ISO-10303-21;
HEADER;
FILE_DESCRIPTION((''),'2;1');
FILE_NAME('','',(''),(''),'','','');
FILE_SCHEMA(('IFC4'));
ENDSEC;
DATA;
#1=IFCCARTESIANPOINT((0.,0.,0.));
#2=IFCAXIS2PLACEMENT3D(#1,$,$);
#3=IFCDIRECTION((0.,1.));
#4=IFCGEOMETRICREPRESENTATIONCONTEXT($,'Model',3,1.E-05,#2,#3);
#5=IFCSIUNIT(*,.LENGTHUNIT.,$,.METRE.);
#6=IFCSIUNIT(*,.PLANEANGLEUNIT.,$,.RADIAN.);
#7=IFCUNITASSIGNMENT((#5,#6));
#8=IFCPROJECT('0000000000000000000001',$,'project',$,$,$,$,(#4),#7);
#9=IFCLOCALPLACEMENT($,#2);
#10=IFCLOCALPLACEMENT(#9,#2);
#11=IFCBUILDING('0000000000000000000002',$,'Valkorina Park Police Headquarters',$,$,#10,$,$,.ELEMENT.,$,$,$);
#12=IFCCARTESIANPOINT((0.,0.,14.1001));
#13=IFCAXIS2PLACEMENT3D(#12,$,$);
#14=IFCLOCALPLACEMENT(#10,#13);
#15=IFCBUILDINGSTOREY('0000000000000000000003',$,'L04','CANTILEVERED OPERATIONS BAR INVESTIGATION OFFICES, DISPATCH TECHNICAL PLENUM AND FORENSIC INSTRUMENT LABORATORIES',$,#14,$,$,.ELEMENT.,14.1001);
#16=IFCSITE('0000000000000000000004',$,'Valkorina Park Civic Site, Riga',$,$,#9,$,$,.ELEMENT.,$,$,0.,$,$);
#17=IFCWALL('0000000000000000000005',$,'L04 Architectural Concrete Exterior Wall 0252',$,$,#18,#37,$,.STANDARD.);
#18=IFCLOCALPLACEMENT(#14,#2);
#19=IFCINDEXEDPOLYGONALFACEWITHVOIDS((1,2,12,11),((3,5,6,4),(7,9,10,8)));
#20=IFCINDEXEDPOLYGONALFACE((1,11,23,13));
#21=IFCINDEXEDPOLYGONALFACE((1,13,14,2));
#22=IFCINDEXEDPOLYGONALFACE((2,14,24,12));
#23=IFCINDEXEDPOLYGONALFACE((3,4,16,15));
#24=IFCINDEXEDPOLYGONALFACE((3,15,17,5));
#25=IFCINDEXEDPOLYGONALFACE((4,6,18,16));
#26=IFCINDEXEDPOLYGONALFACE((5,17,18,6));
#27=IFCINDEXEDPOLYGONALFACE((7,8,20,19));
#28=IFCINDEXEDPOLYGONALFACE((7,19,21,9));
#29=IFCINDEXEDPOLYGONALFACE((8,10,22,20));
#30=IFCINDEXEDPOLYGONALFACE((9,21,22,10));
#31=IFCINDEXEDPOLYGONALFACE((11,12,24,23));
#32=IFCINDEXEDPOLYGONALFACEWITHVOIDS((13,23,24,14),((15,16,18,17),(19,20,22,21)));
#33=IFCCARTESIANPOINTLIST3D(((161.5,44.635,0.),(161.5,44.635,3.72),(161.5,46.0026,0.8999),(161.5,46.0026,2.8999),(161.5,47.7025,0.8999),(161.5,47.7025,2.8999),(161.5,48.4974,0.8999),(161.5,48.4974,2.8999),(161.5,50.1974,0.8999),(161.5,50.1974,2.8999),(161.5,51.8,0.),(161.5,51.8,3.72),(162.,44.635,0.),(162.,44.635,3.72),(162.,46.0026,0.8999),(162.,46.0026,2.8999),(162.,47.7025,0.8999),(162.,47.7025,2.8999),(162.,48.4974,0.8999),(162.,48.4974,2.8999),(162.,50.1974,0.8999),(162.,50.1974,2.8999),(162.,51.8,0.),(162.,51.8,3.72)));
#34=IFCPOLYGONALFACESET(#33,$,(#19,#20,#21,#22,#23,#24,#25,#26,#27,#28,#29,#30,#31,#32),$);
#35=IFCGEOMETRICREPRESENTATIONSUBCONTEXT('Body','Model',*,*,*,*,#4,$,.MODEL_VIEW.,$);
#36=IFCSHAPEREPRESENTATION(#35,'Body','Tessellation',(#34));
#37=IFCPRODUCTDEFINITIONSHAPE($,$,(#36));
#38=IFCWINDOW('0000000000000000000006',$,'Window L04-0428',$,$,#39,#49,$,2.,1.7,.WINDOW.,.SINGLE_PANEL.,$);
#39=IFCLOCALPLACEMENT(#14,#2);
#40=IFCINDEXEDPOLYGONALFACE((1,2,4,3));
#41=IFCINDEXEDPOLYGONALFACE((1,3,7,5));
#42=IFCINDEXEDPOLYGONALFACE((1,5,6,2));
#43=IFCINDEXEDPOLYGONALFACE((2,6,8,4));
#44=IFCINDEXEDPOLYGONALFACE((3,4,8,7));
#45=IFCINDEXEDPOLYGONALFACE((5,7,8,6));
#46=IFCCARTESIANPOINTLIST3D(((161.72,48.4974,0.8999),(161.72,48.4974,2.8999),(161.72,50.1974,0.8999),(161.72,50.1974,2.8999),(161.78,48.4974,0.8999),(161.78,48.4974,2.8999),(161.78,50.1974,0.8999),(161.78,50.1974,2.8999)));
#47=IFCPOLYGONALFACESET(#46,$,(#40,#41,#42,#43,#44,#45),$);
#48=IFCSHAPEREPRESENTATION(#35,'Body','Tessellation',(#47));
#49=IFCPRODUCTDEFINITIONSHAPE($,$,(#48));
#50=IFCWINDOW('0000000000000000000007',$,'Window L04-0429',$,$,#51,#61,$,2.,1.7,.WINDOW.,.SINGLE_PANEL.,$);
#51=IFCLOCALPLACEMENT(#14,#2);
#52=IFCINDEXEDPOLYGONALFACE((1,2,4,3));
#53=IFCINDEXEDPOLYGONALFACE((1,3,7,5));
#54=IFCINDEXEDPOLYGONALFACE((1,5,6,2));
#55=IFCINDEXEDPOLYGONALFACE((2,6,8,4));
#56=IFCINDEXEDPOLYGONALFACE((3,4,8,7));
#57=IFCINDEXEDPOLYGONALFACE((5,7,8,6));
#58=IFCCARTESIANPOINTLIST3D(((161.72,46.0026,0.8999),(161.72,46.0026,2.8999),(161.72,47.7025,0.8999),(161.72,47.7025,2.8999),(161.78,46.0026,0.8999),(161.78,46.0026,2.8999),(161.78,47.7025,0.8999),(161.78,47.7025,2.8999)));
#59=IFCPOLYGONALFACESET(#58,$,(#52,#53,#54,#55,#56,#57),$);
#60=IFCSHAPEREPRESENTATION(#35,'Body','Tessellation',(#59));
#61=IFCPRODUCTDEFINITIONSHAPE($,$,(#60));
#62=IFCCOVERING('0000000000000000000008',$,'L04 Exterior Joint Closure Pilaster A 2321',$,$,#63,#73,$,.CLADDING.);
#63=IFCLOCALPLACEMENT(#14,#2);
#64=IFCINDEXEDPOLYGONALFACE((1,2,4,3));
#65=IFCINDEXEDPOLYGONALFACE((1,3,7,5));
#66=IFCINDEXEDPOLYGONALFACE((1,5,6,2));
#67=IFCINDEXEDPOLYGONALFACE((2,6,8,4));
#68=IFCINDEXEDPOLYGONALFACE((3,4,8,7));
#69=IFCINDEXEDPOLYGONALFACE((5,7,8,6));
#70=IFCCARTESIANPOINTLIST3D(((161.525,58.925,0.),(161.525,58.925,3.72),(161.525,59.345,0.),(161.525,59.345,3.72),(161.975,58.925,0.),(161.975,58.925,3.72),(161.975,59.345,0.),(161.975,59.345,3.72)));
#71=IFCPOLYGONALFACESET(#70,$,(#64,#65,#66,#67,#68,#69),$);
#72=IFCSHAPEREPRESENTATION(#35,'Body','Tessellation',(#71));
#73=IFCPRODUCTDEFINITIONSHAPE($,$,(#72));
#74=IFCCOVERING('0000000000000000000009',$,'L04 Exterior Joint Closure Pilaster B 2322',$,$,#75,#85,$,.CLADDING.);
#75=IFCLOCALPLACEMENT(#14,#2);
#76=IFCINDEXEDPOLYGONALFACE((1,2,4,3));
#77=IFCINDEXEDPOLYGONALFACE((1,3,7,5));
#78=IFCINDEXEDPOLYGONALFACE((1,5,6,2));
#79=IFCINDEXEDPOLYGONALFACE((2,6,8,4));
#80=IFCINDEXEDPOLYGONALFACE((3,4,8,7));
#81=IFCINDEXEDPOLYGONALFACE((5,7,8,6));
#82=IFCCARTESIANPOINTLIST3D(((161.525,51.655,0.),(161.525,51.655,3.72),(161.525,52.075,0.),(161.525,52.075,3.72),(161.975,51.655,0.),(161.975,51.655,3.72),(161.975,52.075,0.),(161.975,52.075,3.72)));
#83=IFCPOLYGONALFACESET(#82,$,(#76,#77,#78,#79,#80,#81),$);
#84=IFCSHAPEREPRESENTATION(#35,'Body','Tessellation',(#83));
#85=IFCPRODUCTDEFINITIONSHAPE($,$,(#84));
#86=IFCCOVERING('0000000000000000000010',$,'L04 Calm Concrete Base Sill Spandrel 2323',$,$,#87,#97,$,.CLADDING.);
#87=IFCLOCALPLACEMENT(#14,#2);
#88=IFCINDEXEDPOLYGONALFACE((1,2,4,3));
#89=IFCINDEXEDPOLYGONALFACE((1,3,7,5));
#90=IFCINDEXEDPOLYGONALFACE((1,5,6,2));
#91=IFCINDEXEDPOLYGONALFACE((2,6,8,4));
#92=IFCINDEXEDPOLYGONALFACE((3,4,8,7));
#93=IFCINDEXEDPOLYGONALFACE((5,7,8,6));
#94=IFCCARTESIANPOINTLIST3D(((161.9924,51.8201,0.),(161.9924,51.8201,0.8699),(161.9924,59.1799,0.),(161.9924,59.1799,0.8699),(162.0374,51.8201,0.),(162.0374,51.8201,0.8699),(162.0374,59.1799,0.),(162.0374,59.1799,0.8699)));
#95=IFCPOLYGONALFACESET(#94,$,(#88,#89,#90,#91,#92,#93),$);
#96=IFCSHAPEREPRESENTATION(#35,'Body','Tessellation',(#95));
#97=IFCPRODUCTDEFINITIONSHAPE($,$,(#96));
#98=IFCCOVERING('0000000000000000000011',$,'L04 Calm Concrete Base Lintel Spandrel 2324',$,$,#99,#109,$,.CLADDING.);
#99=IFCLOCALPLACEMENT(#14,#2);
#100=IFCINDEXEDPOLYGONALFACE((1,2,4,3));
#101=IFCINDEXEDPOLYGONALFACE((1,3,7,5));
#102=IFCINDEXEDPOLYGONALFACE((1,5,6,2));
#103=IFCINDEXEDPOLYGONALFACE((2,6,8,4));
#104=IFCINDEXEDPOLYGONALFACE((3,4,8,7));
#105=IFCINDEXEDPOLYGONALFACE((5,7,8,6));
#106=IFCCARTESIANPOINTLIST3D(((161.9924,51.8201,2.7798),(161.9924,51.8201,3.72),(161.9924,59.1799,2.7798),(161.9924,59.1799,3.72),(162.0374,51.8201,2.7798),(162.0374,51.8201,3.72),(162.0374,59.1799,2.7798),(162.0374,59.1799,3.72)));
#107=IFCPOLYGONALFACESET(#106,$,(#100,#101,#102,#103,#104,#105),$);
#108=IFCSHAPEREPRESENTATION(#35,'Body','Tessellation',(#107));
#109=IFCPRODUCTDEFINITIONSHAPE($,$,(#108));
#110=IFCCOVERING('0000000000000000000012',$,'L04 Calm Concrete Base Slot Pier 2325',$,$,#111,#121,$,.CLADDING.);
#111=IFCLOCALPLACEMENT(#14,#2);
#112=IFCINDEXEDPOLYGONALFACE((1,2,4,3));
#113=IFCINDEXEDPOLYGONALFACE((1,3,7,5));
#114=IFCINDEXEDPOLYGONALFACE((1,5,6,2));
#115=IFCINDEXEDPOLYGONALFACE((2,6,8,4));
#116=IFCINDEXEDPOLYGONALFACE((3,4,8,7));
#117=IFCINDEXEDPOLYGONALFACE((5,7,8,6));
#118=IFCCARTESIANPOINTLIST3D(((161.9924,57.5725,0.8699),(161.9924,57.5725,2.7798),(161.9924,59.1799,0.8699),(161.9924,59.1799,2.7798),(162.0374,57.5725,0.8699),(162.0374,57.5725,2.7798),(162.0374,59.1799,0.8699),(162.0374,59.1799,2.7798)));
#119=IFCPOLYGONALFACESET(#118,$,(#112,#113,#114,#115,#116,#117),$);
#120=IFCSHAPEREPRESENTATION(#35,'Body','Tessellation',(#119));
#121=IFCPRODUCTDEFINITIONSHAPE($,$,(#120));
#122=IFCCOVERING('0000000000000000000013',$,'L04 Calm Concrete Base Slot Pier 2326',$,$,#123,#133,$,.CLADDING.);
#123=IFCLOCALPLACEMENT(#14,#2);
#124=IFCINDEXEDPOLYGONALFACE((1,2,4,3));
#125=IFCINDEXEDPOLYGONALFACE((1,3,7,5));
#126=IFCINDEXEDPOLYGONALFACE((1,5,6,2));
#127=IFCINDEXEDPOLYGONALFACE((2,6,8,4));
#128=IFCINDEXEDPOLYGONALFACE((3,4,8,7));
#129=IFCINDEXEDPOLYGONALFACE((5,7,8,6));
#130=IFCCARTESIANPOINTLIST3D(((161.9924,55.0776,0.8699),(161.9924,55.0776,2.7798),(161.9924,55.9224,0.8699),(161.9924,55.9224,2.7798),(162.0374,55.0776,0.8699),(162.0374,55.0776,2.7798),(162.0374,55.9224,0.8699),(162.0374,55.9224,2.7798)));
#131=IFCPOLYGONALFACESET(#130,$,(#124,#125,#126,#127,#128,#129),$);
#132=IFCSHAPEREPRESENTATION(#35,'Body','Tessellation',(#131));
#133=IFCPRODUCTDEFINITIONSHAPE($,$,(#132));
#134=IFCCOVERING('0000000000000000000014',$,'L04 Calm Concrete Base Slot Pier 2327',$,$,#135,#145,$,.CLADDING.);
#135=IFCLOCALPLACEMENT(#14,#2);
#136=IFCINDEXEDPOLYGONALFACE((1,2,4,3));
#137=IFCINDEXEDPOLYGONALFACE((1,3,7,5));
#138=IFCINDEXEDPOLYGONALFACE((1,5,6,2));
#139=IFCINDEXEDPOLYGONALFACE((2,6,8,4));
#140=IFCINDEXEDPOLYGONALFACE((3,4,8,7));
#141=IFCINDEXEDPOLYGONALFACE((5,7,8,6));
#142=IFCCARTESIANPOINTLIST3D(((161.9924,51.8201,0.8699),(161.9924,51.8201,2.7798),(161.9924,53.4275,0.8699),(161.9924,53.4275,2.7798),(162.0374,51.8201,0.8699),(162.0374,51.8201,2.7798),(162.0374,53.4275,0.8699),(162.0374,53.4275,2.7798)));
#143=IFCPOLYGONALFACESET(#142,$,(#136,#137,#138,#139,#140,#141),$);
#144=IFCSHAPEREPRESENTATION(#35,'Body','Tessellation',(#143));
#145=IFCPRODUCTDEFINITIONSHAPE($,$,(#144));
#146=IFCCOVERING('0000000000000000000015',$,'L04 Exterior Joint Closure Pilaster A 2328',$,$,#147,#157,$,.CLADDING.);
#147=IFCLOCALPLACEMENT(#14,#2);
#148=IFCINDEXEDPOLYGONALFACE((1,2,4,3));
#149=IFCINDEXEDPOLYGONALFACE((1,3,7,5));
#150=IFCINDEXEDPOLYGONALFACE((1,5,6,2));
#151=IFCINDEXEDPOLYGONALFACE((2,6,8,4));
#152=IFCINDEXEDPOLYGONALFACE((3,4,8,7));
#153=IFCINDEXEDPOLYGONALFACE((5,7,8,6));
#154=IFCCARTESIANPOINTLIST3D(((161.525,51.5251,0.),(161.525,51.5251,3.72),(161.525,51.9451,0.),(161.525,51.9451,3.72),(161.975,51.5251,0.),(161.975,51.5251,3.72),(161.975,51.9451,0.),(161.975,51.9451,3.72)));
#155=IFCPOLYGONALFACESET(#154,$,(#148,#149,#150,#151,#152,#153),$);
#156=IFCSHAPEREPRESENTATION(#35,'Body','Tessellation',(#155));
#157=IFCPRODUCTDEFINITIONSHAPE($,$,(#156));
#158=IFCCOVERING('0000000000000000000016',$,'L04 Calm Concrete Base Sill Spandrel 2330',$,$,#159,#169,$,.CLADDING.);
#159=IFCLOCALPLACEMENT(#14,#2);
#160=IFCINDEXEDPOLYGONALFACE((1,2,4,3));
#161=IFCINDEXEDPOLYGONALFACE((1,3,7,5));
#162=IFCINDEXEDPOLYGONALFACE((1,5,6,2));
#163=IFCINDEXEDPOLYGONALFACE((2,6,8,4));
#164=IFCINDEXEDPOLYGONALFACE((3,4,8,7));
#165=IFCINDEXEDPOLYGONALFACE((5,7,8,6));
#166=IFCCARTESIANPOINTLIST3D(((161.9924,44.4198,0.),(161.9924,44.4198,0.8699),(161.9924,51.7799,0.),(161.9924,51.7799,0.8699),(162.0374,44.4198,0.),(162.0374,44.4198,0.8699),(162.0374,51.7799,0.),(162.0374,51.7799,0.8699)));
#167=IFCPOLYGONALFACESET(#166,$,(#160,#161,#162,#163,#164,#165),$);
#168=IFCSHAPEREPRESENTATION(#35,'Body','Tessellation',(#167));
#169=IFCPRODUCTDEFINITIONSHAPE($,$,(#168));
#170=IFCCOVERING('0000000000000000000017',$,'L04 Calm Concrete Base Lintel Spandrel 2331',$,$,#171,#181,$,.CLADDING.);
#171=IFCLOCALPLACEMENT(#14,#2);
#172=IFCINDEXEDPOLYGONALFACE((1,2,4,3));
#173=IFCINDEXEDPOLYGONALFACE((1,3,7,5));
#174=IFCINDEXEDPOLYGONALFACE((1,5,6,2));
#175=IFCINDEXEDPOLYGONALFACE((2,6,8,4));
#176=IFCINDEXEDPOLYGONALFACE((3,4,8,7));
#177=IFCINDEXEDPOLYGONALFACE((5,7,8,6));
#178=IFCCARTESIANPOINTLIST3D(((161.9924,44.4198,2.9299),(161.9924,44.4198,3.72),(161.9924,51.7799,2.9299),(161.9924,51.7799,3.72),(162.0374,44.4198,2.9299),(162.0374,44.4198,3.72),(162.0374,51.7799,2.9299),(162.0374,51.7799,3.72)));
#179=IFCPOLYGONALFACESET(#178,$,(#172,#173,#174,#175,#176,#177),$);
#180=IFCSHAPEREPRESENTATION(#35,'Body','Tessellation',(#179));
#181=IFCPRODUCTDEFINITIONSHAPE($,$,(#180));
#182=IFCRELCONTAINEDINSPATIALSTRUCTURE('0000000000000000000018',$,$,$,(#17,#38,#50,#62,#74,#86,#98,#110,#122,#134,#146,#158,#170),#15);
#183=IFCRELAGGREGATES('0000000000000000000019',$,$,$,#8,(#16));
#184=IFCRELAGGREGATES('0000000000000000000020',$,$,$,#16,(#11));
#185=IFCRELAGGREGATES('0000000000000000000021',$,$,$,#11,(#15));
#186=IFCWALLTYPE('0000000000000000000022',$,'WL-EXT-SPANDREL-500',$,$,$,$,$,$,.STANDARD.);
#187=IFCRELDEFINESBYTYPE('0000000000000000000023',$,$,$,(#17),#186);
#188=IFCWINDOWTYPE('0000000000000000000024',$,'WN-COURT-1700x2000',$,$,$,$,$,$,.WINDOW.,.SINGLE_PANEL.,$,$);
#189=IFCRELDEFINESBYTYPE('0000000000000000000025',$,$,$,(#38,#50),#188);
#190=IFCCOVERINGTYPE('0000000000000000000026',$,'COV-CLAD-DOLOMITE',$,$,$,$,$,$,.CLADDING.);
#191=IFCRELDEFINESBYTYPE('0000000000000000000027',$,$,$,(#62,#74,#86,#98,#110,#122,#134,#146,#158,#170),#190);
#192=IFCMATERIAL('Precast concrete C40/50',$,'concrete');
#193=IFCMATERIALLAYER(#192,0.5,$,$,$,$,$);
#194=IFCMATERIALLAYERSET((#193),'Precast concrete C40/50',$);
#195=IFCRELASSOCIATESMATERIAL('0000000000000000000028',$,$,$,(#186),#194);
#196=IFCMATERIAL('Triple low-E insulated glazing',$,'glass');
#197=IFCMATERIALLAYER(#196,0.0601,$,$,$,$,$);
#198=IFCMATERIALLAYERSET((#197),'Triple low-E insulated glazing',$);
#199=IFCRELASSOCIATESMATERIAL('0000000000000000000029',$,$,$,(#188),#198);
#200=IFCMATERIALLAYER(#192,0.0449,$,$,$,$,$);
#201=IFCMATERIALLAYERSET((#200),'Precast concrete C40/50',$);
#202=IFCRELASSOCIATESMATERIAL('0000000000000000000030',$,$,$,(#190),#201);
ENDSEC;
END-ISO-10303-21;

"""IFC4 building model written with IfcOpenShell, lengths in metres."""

from ifc_helpers import new_model, si_unit, direction, frame, frame_2d, origin, origin_2d, place, context, subcontext, project, spatial, rectangle, extrude, material, layer, layer_set, type_object, element, fill, save


model = new_model("IFC4")

# Units and contexts
model_context = context("Model", 3, precision=1e-05, world=origin(), true_north=direction((0.0, 1.0)))
body_context = subcontext(model_context, "Body", "Model", "MODEL_VIEW")
ifc_project = project(units=[si_unit("LENGTHUNIT", "METRE"), si_unit("PLANEANGLEUNIT", "RADIAN")], contexts=[model_context])

# Site, building, storey
site_placement = place(None, origin())
site = spatial("IfcSite", under=ifc_project, at=site_placement, Name="Valkorina Park Civic Site, Riga", CompositionType="ELEMENT", RefElevation=0.0)
building_placement = place(site_placement, origin())
building = spatial("IfcBuilding", under=site, at=building_placement, Name="Valkorina Park Police Headquarters", CompositionType="ELEMENT")
storey_placement = place(building_placement, frame((0.0, 0.0, 14.1001)))
storey = spatial("IfcBuildingStorey", under=building, at=storey_placement, Name="L04", Description="CANTILEVERED OPERATIONS BAR INVESTIGATION OFFICES, DISPATCH TECHNICAL PLENUM AND FORENSIC INSTRUMENT LABORATORIES", CompositionType="ELEMENT", Elevation=14.1001)

# Wall, openings, windows
ifc_material_1 = material(Name="Precast concrete C40/50", Category="concrete")
ifc_layer_1 = layer(ifc_material_1, 0.5)
ifc_layer_set_1 = layer_set([ifc_layer_1], Name="Precast concrete C40/50")
wall_type = type_object("IfcWallType", Name="WL-EXT-SPANDREL-500", PredefinedType="STANDARD", material=ifc_layer_set_1)
wall_placement = place(storey_placement, frame((161.75, 51.8, 0.0), z_axis=(0.0, 0.0, 1.0), x_axis=(0.0, -1.0, 0.0)))
wall = element("IfcWall", 1, at=wall_placement, inside=storey, type_object=wall_type, Name="L04 Architectural Concrete Exterior Wall 0252", PredefinedType="STANDARD", context=body_context, shape_type="SweptSolid", body=[
    extrude(rectangle(XDim=7.165, YDim=0.5, at=frame_2d((3.5825, 0.0))), origin(), (0.0, 0.0, 1.0), 3.72),
])
opening_1_placement = place(wall_placement, frame((1.6025, 0.0, 0.8999)))
opening_1 = element("IfcOpeningElement", 2, at=opening_1_placement, cuts=wall, PredefinedType="OPENING", context=body_context, shape_type="SweptSolid", body=[
    extrude(rectangle(XDim=1.7, YDim=2.0, at=frame_2d((0.8501, 1.0))), frame((0.0, 0.26, 0.0), z_axis=(0.0, -1.0, 0.0), x_axis=(1.0, 0.0, 0.0)), (0.0, 0.0, 1.0), 0.52),
])
opening_2_placement = place(wall_placement, frame((4.0974, 0.0, 0.8999)))
opening_2 = element("IfcOpeningElement", 3, at=opening_2_placement, cuts=wall, PredefinedType="OPENING", context=body_context, shape_type="SweptSolid", body=[
    extrude(rectangle(XDim=1.7, YDim=2.0, at=frame_2d((0.8501, 1.0))), frame((0.0, 0.26, 0.0), z_axis=(0.0, -1.0, 0.0), x_axis=(1.0, 0.0, 0.0)), (0.0, 0.0, 1.0), 0.52),
])
ifc_material_2 = material(Name="Triple low-E insulated glazing", Category="glass")
ifc_layer_2 = layer(ifc_material_2, 0.0601)
ifc_layer_set_2 = layer_set([ifc_layer_2], Name="Triple low-E insulated glazing")
window_type = type_object("IfcWindowType", Name="WN-COURT-1700x2000", PartitioningType="SINGLE_PANEL", PredefinedType="WINDOW", material=ifc_layer_set_2)
window_1_placement = place(opening_1_placement, origin())
window_1 = element("IfcWindow", 4, at=window_1_placement, inside=storey, type_object=window_type, Name="Window L04-0428", OverallHeight=2.0, OverallWidth=1.7, PartitioningType="SINGLE_PANEL", PredefinedType="WINDOW", context=body_context, shape_type="SweptSolid", body=[
    extrude(rectangle(XDim=1.7, YDim=2.0, at=frame_2d((0.8501, 1.0))), frame((0.0, 0.03, 0.0), z_axis=(0.0, -1.0, 0.0), x_axis=(1.0, 0.0, 0.0)), (0.0, 0.0, 1.0), 0.0601),
])
fill(opening_1, window_1)
window_2_placement = place(opening_2_placement, origin())
window_2 = element("IfcWindow", 5, at=window_2_placement, inside=storey, type_object=window_type, Name="Window L04-0429", OverallHeight=2.0, OverallWidth=1.7, PartitioningType="SINGLE_PANEL", PredefinedType="WINDOW", context=body_context, shape_type="SweptSolid", body=[
    extrude(rectangle(XDim=1.7, YDim=2.0, at=frame_2d((0.8501, 1.0))), frame((0.0, 0.03, 0.0), z_axis=(0.0, -1.0, 0.0), x_axis=(1.0, 0.0, 0.0)), (0.0, 0.0, 1.0), 0.0601),
])
fill(opening_2, window_2)

# Coverings
ifc_layer_3 = layer(ifc_material_1, 0.0449)
ifc_layer_set_3 = layer_set([ifc_layer_3], Name="Precast concrete C40/50")
covering_type = type_object("IfcCoveringType", Name="COV-CLAD-DOLOMITE", PredefinedType="CLADDING", material=ifc_layer_set_3)
for number, where, z_axis, x_axis, name in (
    (6, (161.75, 59.135, 0.0), (0.0, 0.0, 1.0), (0.0, 1.0, 0.0), "L04 Exterior Joint Closure Pilaster A 2321"),
    (7, (161.75, 51.865, 0.0), (0.0, 0.0, 1.0), (0.0, 1.0, 0.0), "L04 Exterior Joint Closure Pilaster B 2322"),
):
    element("IfcCovering", number, at=place(storey_placement, frame(where, z_axis=z_axis, x_axis=x_axis)), inside=storey, type_object=covering_type, Name=name, PredefinedType="CLADDING", context=body_context, shape_type="SweptSolid", body=[
        extrude(rectangle(XDim=0.4199, YDim=0.45, at=origin_2d()), origin(), (0.0, 0.0, 1.0), 3.72),
    ])
covering_1_placement = place(storey_placement, frame((162.0149, 59.1799, 0.0), z_axis=(0.0, 0.0, 1.0), x_axis=(0.0, -1.0, 0.0)))
element("IfcCovering", 8, at=covering_1_placement, inside=storey, type_object=covering_type, Name="L04 Calm Concrete Base Sill Spandrel 2323", PredefinedType="CLADDING", context=body_context, shape_type="SweptSolid", body=[
    extrude(rectangle(XDim=7.3599, YDim=0.0449, at=frame_2d((3.6799, 0.0))), origin(), (0.0, 0.0, 1.0), 0.8699),
])
covering_2_placement = place(storey_placement, frame((162.0149, 59.1799, 2.7798), z_axis=(0.0, 0.0, 1.0), x_axis=(0.0, -1.0, 0.0)))
element("IfcCovering", 9, at=covering_2_placement, inside=storey, type_object=covering_type, Name="L04 Calm Concrete Base Lintel Spandrel 2324", PredefinedType="CLADDING", context=body_context, shape_type="SweptSolid", body=[
    extrude(rectangle(XDim=7.3599, YDim=0.0449, at=frame_2d((3.6799, 0.0))), origin(), (0.0, 0.0, 1.0), 0.9402),
])
covering_3_placement = place(storey_placement, frame((162.0149, 59.1799, 0.8699), z_axis=(0.0, 0.0, 1.0), x_axis=(0.0, -1.0, 0.0)))
element("IfcCovering", 10, at=covering_3_placement, inside=storey, type_object=covering_type, Name="L04 Calm Concrete Base Slot Pier 2325", PredefinedType="CLADDING", context=body_context, shape_type="SweptSolid", body=[
    extrude(rectangle(XDim=1.6074, YDim=0.0449, at=frame_2d((0.8037, 0.0))), origin(), (0.0, 0.0, 1.0), 1.9099),
])
covering_4_placement = place(storey_placement, frame((162.0149, 55.9224, 0.8699), z_axis=(0.0, 0.0, 1.0), x_axis=(0.0, -1.0, 0.0)))
element("IfcCovering", 11, at=covering_4_placement, inside=storey, type_object=covering_type, Name="L04 Calm Concrete Base Slot Pier 2326", PredefinedType="CLADDING", context=body_context, shape_type="SweptSolid", body=[
    extrude(rectangle(XDim=0.8447, YDim=0.0449, at=frame_2d((0.4224, 0.0))), origin(), (0.0, 0.0, 1.0), 1.9099),
])
covering_5_placement = place(storey_placement, frame((162.0149, 53.4275, 0.8699), z_axis=(0.0, 0.0, 1.0), x_axis=(0.0, -1.0, 0.0)))
element("IfcCovering", 12, at=covering_5_placement, inside=storey, type_object=covering_type, Name="L04 Calm Concrete Base Slot Pier 2327", PredefinedType="CLADDING", context=body_context, shape_type="SweptSolid", body=[
    extrude(rectangle(XDim=1.6074, YDim=0.0449, at=frame_2d((0.8037, 0.0))), origin(), (0.0, 0.0, 1.0), 1.9099),
])
covering_6_placement = place(storey_placement, frame((161.75, 51.7351, 0.0), z_axis=(0.0, 0.0, 1.0), x_axis=(0.0, 1.0, 0.0)))
element("IfcCovering", 13, at=covering_6_placement, inside=storey, type_object=covering_type, Name="L04 Exterior Joint Closure Pilaster A 2328", PredefinedType="CLADDING", context=body_context, shape_type="SweptSolid", body=[
    extrude(rectangle(XDim=0.4199, YDim=0.45, at=origin_2d()), origin(), (0.0, 0.0, 1.0), 3.72),
])
covering_7_placement = place(storey_placement, frame((162.0149, 51.78, 0.0), z_axis=(0.0, 0.0, 1.0), x_axis=(0.0, -1.0, 0.0)))
element("IfcCovering", 14, at=covering_7_placement, inside=storey, type_object=covering_type, Name="L04 Calm Concrete Base Sill Spandrel 2330", PredefinedType="CLADDING", context=body_context, shape_type="SweptSolid", body=[
    extrude(rectangle(XDim=7.3601, YDim=0.0449, at=frame_2d((3.6802, 0.0))), origin(), (0.0, 0.0, 1.0), 0.8699),
])
covering_8_placement = place(storey_placement, frame((162.0149, 51.78, 2.9299), z_axis=(0.0, 0.0, 1.0), x_axis=(0.0, -1.0, 0.0)))
element("IfcCovering", 15, at=covering_8_placement, inside=storey, type_object=covering_type, Name="L04 Calm Concrete Base Lintel Spandrel 2331", PredefinedType="CLADDING", context=body_context, shape_type="SweptSolid", body=[
    extrude(rectangle(XDim=7.3601, YDim=0.0449, at=frame_2d((3.6802, 0.0))), origin(), (0.0, 0.0, 1.0), 0.79),
])

save(model, "model.ifc")
